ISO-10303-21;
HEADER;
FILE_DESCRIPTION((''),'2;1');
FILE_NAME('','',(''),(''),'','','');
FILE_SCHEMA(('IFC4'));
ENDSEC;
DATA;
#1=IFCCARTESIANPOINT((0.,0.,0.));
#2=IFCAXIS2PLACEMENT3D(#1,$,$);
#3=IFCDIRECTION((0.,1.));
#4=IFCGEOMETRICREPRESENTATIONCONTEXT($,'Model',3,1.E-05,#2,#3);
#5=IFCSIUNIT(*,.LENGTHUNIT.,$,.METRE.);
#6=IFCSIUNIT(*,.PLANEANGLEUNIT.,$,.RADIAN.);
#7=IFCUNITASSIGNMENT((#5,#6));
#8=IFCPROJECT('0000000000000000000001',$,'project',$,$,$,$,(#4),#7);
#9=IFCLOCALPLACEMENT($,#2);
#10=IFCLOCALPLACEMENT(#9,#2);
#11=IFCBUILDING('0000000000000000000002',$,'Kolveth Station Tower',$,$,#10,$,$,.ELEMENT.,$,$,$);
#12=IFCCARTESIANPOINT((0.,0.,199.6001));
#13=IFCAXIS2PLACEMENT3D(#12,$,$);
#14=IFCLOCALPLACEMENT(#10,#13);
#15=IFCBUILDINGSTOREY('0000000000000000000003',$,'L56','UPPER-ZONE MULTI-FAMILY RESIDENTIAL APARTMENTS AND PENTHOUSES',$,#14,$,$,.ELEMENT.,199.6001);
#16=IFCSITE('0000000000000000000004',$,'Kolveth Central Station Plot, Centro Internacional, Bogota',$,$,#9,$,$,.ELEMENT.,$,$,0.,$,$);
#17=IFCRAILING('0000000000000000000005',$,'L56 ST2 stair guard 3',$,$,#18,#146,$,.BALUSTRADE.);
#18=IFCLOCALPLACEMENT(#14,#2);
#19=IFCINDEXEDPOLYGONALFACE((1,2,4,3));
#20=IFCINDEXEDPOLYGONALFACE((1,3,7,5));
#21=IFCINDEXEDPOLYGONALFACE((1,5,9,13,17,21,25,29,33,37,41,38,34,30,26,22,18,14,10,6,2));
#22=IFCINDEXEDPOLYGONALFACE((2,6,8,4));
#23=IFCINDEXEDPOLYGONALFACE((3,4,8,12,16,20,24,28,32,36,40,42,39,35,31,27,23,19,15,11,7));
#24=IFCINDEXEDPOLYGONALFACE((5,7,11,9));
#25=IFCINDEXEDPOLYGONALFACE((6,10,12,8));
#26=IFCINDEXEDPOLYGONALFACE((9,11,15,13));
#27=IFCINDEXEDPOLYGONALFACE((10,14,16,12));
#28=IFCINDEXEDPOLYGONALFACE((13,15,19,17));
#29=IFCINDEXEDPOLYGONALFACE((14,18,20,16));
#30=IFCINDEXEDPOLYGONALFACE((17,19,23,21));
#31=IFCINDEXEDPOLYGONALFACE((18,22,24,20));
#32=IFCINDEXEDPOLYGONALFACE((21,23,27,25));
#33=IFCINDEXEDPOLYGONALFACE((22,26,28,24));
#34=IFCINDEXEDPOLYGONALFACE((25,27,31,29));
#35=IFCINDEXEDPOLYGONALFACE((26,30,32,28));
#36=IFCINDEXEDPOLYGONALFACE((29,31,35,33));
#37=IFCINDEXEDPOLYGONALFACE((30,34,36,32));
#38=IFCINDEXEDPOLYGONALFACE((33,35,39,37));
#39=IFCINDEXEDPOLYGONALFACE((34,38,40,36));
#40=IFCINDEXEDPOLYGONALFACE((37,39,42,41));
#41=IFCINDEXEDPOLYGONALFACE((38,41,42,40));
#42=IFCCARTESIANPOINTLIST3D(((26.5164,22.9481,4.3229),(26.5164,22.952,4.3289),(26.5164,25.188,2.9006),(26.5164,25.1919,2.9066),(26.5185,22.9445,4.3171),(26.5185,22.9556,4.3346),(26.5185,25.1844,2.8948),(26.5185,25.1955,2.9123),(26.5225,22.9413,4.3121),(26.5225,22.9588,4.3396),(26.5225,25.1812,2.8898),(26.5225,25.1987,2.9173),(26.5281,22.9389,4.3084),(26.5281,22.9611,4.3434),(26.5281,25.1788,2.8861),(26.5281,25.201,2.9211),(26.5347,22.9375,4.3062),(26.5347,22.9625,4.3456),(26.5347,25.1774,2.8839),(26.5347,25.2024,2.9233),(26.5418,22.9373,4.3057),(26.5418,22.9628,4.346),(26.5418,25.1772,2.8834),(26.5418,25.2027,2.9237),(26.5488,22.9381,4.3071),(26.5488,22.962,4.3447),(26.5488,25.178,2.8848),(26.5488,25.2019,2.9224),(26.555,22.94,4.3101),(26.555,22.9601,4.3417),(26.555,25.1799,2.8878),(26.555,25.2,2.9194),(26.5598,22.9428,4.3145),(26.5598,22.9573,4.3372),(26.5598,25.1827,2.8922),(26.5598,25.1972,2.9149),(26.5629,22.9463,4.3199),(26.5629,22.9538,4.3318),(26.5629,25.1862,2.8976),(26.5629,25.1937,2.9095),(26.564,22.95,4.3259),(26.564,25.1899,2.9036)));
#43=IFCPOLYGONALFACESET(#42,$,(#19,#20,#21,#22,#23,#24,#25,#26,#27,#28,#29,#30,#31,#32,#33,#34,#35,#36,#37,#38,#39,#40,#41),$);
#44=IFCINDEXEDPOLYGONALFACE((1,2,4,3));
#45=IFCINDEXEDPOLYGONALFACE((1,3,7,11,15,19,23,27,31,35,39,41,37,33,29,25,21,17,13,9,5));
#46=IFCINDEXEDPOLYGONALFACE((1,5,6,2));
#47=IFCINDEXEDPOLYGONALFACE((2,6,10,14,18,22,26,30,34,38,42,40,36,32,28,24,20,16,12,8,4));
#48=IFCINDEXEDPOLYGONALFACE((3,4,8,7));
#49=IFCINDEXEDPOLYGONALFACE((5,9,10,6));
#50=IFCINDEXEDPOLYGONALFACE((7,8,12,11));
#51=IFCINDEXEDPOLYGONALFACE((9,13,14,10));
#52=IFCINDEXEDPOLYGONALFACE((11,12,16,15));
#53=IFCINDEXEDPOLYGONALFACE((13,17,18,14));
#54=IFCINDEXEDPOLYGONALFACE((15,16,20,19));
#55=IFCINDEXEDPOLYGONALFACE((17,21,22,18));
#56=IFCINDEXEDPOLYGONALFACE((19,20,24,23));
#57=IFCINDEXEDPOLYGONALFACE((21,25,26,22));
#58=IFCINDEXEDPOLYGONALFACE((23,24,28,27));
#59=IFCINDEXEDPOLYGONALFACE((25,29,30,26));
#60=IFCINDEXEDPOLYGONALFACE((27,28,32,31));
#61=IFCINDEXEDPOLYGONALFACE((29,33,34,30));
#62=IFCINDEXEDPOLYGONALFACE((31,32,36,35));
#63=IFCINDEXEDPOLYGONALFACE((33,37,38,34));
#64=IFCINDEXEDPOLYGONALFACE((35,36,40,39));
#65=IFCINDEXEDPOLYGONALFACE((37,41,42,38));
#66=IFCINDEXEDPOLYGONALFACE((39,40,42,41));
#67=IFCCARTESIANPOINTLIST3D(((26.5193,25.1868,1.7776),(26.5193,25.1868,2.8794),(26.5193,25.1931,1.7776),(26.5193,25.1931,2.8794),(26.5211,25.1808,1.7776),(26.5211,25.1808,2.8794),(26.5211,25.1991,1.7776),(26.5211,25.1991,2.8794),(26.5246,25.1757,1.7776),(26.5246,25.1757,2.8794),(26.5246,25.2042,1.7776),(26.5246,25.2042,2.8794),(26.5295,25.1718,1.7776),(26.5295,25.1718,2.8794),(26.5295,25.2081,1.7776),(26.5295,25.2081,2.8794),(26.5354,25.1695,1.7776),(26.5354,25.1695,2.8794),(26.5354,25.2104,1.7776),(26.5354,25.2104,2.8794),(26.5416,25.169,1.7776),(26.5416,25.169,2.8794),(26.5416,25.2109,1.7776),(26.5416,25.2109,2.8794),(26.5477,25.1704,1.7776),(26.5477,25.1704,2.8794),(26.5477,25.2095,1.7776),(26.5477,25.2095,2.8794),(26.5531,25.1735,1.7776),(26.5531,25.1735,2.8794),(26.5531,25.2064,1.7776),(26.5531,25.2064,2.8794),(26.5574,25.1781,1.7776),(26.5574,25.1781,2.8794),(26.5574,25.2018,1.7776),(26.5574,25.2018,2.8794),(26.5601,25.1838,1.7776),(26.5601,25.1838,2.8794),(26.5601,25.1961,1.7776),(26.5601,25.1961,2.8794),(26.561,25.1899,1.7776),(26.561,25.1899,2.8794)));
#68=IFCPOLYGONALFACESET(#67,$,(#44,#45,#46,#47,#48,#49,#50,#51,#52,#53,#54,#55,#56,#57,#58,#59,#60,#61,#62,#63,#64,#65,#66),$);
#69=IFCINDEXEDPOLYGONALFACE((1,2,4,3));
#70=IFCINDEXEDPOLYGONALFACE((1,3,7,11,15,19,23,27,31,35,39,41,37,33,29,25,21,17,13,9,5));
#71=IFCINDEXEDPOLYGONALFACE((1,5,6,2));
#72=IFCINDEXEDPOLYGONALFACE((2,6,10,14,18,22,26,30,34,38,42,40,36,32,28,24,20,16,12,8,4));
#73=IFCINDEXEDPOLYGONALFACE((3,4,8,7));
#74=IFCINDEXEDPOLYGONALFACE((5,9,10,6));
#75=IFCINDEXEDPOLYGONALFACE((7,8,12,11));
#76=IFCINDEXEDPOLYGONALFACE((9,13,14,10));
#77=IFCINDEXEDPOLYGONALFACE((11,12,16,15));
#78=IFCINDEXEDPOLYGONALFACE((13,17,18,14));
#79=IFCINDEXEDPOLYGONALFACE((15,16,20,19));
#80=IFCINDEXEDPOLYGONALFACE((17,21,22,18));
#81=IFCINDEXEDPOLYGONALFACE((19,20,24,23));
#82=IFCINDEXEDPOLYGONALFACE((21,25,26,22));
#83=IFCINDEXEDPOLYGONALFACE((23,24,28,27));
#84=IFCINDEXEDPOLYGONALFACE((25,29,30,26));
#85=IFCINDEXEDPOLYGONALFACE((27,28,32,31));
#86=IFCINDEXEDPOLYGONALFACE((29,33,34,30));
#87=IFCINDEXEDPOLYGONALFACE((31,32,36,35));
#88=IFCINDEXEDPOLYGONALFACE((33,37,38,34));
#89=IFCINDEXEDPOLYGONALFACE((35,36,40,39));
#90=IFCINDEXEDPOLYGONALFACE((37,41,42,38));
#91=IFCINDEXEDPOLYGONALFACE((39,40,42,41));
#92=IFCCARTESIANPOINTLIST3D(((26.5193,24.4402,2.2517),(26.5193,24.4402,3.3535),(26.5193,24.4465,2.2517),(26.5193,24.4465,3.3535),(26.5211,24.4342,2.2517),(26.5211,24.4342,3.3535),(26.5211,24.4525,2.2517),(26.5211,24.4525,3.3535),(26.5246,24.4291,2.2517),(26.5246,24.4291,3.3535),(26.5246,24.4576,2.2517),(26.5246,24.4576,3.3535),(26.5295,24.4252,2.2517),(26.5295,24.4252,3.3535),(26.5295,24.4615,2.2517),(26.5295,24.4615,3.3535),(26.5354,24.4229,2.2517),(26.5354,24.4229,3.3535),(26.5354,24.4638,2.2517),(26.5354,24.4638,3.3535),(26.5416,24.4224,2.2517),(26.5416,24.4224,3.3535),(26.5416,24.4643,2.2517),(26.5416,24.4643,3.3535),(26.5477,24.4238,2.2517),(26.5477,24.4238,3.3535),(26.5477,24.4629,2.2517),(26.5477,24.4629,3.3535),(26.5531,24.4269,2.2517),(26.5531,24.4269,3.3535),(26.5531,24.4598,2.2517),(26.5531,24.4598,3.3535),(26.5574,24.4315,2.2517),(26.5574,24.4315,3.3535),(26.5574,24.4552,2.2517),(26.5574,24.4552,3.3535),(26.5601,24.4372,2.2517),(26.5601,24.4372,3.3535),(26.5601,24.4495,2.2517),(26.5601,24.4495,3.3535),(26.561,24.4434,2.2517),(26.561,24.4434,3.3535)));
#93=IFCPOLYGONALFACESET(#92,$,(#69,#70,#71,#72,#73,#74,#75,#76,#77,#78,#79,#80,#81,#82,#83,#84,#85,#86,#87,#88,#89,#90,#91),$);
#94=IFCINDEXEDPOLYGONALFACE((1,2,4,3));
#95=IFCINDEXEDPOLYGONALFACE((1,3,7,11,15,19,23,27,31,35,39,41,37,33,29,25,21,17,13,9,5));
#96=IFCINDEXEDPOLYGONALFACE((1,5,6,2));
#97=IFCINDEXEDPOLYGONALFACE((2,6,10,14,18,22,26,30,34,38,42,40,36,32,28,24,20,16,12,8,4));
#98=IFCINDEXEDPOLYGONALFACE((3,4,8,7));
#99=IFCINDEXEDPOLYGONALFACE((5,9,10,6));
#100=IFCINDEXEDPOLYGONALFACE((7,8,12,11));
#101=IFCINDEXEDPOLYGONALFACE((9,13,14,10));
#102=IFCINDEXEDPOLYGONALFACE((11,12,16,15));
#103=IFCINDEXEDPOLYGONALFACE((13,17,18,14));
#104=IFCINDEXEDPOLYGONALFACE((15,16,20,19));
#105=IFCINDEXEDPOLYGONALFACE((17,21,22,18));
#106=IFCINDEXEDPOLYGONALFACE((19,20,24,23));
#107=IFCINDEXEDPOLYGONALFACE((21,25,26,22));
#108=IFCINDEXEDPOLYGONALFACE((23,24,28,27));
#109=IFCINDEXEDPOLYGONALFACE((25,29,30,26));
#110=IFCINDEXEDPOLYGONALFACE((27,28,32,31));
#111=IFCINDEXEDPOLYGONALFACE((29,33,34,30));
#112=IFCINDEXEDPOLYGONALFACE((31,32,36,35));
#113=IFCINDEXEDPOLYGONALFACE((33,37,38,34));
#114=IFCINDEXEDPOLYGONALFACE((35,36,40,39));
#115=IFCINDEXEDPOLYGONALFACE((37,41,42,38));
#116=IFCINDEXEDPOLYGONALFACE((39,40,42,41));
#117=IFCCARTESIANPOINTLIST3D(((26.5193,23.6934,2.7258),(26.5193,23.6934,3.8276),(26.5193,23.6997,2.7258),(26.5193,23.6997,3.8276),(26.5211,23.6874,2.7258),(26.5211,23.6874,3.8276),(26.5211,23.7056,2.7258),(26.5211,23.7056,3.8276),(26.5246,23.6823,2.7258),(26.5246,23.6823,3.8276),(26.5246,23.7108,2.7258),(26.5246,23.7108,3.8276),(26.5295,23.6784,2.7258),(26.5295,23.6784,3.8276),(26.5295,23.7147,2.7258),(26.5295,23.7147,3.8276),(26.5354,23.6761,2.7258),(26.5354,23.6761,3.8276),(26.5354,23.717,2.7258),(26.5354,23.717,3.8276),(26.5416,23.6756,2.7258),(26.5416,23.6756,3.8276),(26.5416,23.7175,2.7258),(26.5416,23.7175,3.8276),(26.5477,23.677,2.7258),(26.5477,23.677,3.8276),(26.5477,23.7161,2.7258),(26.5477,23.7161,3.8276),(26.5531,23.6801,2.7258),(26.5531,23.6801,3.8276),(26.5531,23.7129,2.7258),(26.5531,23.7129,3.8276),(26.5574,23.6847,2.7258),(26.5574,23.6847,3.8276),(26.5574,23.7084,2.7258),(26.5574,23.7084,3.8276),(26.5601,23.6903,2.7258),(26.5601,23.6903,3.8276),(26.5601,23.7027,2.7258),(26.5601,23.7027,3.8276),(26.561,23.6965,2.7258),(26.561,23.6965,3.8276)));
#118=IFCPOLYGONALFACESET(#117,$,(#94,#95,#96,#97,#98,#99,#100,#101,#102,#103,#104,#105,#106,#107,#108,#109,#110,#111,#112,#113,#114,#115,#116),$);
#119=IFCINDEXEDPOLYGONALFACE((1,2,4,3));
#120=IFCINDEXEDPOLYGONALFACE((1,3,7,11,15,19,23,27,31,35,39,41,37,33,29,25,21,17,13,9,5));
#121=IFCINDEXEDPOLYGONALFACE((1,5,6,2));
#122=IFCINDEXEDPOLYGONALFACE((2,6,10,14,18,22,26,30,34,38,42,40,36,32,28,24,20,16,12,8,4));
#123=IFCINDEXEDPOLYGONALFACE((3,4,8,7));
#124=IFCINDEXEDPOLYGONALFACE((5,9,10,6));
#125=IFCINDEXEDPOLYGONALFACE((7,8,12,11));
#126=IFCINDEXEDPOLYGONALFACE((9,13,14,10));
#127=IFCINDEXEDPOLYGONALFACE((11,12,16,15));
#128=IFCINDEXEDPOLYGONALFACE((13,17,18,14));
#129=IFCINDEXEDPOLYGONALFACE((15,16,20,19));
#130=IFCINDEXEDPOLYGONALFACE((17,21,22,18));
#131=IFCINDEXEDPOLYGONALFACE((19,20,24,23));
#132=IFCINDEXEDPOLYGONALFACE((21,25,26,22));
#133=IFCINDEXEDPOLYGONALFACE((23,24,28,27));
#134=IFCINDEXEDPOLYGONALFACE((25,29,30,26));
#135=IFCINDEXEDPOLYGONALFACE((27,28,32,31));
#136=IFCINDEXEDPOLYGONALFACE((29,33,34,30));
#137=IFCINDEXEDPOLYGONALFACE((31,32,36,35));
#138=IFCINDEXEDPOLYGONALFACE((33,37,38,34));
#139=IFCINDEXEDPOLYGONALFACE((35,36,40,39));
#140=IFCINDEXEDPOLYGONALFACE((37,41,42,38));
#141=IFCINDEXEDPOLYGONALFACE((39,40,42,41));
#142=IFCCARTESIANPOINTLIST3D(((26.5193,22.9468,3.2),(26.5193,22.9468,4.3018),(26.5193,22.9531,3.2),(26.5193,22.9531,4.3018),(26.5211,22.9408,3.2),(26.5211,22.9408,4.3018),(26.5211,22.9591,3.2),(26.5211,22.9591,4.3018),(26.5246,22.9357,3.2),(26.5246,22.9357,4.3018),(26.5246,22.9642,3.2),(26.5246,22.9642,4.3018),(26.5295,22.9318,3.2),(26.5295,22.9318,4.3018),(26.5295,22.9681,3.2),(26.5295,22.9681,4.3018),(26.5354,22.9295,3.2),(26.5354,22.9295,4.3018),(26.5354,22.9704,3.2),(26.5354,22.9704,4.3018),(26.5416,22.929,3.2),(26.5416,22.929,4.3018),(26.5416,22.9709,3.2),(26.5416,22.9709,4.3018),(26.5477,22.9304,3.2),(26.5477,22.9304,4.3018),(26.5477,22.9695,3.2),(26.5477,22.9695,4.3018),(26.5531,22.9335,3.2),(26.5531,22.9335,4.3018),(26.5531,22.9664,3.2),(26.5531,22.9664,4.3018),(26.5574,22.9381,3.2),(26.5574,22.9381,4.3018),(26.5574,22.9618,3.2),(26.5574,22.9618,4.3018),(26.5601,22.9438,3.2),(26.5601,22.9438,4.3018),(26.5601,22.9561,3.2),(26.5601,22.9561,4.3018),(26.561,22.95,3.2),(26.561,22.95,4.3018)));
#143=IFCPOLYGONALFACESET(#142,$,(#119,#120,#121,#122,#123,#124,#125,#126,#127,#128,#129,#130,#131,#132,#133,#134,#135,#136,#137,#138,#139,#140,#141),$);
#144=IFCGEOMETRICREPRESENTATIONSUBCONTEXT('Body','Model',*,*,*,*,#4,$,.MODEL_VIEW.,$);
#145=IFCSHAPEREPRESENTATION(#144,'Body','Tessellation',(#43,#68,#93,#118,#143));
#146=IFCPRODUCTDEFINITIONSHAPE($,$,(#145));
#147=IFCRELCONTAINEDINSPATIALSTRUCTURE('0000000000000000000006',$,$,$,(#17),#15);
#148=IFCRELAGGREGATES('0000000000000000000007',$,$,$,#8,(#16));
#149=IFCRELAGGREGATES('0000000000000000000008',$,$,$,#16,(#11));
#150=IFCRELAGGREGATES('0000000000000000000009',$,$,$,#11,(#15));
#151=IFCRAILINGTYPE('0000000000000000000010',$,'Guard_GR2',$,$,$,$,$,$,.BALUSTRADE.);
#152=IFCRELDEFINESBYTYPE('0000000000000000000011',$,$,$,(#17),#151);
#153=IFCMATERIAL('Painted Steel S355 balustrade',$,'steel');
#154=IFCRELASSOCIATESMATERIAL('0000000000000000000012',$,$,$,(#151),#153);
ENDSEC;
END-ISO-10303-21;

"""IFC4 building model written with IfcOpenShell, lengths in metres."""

from ifc_helpers import new_model, si_unit, direction, frame, origin, origin_2d, place, context, subcontext, project, spatial, circle, extrude, material, type_object, element, save


model = new_model("IFC4")

# Units and contexts
model_context = context("Model", 3, precision=1e-05, world=origin(), true_north=direction((0.0, 1.0)))
body_context = subcontext(model_context, "Body", "Model", "MODEL_VIEW")
ifc_project = project(units=[si_unit("LENGTHUNIT", "METRE"), si_unit("PLANEANGLEUNIT", "RADIAN")], contexts=[model_context])

# Site, building, storey
site_placement = place(None, origin())
site = spatial("IfcSite", under=ifc_project, at=site_placement, Name="Kolveth Central Station Plot, Centro Internacional, Bogota", CompositionType="ELEMENT", RefElevation=0.0)
building_placement = place(site_placement, origin())
building = spatial("IfcBuilding", under=site, at=building_placement, Name="Kolveth Station Tower", CompositionType="ELEMENT")
storey_placement = place(building_placement, frame((0.0, 0.0, 199.6001)))
storey = spatial("IfcBuildingStorey", under=building, at=storey_placement, Name="L56", Description="UPPER-ZONE MULTI-FAMILY RESIDENTIAL APARTMENTS AND PENTHOUSES", CompositionType="ELEMENT", Elevation=199.6001)

# Railing
ifc_material_1 = material(Name="Painted Steel S355 balustrade", Category="steel")
railing_type_1 = type_object("IfcRailingType", Name="Guard_GR2", PredefinedType="BALUSTRADE", material=ifc_material_1)
railing_1_placement = place(storey_placement, frame((26.54, 25.1899, 1.7776)))
element("IfcRailing", 1, at=railing_1_placement, inside=storey, type_object=railing_type_1, Name="L56 ST2 stair guard 3", PredefinedType="BALUSTRADE", context=body_context, shape_type="SweptSolid", body=[
    extrude(circle(Radius=0.0239, at=origin_2d()), frame((0.0, 0.0, 1.126), z_axis=(0.0, -0.844188, 0.536048), x_axis=(1.0, 0.0, 0.0)), (0.0, 0.0, 1.0), 2.6533),
    extrude(circle(Radius=0.021, at=origin_2d()), origin(), (0.0, 0.0, 1.0), 1.1018),
    extrude(circle(Radius=0.021, at=origin_2d()), frame((0.0, -0.7466, 0.4741)), (0.0, 0.0, 1.0), 1.1018),
    extrude(circle(Radius=0.021, at=origin_2d()), frame((0.0, -1.4934, 0.9482)), (0.0, 0.0, 1.0), 1.1018),
    extrude(circle(Radius=0.021, at=origin_2d()), frame((0.0, -2.24, 1.4224)), (0.0, 0.0, 1.0), 1.1018),
])

save(model, "model.ifc")
